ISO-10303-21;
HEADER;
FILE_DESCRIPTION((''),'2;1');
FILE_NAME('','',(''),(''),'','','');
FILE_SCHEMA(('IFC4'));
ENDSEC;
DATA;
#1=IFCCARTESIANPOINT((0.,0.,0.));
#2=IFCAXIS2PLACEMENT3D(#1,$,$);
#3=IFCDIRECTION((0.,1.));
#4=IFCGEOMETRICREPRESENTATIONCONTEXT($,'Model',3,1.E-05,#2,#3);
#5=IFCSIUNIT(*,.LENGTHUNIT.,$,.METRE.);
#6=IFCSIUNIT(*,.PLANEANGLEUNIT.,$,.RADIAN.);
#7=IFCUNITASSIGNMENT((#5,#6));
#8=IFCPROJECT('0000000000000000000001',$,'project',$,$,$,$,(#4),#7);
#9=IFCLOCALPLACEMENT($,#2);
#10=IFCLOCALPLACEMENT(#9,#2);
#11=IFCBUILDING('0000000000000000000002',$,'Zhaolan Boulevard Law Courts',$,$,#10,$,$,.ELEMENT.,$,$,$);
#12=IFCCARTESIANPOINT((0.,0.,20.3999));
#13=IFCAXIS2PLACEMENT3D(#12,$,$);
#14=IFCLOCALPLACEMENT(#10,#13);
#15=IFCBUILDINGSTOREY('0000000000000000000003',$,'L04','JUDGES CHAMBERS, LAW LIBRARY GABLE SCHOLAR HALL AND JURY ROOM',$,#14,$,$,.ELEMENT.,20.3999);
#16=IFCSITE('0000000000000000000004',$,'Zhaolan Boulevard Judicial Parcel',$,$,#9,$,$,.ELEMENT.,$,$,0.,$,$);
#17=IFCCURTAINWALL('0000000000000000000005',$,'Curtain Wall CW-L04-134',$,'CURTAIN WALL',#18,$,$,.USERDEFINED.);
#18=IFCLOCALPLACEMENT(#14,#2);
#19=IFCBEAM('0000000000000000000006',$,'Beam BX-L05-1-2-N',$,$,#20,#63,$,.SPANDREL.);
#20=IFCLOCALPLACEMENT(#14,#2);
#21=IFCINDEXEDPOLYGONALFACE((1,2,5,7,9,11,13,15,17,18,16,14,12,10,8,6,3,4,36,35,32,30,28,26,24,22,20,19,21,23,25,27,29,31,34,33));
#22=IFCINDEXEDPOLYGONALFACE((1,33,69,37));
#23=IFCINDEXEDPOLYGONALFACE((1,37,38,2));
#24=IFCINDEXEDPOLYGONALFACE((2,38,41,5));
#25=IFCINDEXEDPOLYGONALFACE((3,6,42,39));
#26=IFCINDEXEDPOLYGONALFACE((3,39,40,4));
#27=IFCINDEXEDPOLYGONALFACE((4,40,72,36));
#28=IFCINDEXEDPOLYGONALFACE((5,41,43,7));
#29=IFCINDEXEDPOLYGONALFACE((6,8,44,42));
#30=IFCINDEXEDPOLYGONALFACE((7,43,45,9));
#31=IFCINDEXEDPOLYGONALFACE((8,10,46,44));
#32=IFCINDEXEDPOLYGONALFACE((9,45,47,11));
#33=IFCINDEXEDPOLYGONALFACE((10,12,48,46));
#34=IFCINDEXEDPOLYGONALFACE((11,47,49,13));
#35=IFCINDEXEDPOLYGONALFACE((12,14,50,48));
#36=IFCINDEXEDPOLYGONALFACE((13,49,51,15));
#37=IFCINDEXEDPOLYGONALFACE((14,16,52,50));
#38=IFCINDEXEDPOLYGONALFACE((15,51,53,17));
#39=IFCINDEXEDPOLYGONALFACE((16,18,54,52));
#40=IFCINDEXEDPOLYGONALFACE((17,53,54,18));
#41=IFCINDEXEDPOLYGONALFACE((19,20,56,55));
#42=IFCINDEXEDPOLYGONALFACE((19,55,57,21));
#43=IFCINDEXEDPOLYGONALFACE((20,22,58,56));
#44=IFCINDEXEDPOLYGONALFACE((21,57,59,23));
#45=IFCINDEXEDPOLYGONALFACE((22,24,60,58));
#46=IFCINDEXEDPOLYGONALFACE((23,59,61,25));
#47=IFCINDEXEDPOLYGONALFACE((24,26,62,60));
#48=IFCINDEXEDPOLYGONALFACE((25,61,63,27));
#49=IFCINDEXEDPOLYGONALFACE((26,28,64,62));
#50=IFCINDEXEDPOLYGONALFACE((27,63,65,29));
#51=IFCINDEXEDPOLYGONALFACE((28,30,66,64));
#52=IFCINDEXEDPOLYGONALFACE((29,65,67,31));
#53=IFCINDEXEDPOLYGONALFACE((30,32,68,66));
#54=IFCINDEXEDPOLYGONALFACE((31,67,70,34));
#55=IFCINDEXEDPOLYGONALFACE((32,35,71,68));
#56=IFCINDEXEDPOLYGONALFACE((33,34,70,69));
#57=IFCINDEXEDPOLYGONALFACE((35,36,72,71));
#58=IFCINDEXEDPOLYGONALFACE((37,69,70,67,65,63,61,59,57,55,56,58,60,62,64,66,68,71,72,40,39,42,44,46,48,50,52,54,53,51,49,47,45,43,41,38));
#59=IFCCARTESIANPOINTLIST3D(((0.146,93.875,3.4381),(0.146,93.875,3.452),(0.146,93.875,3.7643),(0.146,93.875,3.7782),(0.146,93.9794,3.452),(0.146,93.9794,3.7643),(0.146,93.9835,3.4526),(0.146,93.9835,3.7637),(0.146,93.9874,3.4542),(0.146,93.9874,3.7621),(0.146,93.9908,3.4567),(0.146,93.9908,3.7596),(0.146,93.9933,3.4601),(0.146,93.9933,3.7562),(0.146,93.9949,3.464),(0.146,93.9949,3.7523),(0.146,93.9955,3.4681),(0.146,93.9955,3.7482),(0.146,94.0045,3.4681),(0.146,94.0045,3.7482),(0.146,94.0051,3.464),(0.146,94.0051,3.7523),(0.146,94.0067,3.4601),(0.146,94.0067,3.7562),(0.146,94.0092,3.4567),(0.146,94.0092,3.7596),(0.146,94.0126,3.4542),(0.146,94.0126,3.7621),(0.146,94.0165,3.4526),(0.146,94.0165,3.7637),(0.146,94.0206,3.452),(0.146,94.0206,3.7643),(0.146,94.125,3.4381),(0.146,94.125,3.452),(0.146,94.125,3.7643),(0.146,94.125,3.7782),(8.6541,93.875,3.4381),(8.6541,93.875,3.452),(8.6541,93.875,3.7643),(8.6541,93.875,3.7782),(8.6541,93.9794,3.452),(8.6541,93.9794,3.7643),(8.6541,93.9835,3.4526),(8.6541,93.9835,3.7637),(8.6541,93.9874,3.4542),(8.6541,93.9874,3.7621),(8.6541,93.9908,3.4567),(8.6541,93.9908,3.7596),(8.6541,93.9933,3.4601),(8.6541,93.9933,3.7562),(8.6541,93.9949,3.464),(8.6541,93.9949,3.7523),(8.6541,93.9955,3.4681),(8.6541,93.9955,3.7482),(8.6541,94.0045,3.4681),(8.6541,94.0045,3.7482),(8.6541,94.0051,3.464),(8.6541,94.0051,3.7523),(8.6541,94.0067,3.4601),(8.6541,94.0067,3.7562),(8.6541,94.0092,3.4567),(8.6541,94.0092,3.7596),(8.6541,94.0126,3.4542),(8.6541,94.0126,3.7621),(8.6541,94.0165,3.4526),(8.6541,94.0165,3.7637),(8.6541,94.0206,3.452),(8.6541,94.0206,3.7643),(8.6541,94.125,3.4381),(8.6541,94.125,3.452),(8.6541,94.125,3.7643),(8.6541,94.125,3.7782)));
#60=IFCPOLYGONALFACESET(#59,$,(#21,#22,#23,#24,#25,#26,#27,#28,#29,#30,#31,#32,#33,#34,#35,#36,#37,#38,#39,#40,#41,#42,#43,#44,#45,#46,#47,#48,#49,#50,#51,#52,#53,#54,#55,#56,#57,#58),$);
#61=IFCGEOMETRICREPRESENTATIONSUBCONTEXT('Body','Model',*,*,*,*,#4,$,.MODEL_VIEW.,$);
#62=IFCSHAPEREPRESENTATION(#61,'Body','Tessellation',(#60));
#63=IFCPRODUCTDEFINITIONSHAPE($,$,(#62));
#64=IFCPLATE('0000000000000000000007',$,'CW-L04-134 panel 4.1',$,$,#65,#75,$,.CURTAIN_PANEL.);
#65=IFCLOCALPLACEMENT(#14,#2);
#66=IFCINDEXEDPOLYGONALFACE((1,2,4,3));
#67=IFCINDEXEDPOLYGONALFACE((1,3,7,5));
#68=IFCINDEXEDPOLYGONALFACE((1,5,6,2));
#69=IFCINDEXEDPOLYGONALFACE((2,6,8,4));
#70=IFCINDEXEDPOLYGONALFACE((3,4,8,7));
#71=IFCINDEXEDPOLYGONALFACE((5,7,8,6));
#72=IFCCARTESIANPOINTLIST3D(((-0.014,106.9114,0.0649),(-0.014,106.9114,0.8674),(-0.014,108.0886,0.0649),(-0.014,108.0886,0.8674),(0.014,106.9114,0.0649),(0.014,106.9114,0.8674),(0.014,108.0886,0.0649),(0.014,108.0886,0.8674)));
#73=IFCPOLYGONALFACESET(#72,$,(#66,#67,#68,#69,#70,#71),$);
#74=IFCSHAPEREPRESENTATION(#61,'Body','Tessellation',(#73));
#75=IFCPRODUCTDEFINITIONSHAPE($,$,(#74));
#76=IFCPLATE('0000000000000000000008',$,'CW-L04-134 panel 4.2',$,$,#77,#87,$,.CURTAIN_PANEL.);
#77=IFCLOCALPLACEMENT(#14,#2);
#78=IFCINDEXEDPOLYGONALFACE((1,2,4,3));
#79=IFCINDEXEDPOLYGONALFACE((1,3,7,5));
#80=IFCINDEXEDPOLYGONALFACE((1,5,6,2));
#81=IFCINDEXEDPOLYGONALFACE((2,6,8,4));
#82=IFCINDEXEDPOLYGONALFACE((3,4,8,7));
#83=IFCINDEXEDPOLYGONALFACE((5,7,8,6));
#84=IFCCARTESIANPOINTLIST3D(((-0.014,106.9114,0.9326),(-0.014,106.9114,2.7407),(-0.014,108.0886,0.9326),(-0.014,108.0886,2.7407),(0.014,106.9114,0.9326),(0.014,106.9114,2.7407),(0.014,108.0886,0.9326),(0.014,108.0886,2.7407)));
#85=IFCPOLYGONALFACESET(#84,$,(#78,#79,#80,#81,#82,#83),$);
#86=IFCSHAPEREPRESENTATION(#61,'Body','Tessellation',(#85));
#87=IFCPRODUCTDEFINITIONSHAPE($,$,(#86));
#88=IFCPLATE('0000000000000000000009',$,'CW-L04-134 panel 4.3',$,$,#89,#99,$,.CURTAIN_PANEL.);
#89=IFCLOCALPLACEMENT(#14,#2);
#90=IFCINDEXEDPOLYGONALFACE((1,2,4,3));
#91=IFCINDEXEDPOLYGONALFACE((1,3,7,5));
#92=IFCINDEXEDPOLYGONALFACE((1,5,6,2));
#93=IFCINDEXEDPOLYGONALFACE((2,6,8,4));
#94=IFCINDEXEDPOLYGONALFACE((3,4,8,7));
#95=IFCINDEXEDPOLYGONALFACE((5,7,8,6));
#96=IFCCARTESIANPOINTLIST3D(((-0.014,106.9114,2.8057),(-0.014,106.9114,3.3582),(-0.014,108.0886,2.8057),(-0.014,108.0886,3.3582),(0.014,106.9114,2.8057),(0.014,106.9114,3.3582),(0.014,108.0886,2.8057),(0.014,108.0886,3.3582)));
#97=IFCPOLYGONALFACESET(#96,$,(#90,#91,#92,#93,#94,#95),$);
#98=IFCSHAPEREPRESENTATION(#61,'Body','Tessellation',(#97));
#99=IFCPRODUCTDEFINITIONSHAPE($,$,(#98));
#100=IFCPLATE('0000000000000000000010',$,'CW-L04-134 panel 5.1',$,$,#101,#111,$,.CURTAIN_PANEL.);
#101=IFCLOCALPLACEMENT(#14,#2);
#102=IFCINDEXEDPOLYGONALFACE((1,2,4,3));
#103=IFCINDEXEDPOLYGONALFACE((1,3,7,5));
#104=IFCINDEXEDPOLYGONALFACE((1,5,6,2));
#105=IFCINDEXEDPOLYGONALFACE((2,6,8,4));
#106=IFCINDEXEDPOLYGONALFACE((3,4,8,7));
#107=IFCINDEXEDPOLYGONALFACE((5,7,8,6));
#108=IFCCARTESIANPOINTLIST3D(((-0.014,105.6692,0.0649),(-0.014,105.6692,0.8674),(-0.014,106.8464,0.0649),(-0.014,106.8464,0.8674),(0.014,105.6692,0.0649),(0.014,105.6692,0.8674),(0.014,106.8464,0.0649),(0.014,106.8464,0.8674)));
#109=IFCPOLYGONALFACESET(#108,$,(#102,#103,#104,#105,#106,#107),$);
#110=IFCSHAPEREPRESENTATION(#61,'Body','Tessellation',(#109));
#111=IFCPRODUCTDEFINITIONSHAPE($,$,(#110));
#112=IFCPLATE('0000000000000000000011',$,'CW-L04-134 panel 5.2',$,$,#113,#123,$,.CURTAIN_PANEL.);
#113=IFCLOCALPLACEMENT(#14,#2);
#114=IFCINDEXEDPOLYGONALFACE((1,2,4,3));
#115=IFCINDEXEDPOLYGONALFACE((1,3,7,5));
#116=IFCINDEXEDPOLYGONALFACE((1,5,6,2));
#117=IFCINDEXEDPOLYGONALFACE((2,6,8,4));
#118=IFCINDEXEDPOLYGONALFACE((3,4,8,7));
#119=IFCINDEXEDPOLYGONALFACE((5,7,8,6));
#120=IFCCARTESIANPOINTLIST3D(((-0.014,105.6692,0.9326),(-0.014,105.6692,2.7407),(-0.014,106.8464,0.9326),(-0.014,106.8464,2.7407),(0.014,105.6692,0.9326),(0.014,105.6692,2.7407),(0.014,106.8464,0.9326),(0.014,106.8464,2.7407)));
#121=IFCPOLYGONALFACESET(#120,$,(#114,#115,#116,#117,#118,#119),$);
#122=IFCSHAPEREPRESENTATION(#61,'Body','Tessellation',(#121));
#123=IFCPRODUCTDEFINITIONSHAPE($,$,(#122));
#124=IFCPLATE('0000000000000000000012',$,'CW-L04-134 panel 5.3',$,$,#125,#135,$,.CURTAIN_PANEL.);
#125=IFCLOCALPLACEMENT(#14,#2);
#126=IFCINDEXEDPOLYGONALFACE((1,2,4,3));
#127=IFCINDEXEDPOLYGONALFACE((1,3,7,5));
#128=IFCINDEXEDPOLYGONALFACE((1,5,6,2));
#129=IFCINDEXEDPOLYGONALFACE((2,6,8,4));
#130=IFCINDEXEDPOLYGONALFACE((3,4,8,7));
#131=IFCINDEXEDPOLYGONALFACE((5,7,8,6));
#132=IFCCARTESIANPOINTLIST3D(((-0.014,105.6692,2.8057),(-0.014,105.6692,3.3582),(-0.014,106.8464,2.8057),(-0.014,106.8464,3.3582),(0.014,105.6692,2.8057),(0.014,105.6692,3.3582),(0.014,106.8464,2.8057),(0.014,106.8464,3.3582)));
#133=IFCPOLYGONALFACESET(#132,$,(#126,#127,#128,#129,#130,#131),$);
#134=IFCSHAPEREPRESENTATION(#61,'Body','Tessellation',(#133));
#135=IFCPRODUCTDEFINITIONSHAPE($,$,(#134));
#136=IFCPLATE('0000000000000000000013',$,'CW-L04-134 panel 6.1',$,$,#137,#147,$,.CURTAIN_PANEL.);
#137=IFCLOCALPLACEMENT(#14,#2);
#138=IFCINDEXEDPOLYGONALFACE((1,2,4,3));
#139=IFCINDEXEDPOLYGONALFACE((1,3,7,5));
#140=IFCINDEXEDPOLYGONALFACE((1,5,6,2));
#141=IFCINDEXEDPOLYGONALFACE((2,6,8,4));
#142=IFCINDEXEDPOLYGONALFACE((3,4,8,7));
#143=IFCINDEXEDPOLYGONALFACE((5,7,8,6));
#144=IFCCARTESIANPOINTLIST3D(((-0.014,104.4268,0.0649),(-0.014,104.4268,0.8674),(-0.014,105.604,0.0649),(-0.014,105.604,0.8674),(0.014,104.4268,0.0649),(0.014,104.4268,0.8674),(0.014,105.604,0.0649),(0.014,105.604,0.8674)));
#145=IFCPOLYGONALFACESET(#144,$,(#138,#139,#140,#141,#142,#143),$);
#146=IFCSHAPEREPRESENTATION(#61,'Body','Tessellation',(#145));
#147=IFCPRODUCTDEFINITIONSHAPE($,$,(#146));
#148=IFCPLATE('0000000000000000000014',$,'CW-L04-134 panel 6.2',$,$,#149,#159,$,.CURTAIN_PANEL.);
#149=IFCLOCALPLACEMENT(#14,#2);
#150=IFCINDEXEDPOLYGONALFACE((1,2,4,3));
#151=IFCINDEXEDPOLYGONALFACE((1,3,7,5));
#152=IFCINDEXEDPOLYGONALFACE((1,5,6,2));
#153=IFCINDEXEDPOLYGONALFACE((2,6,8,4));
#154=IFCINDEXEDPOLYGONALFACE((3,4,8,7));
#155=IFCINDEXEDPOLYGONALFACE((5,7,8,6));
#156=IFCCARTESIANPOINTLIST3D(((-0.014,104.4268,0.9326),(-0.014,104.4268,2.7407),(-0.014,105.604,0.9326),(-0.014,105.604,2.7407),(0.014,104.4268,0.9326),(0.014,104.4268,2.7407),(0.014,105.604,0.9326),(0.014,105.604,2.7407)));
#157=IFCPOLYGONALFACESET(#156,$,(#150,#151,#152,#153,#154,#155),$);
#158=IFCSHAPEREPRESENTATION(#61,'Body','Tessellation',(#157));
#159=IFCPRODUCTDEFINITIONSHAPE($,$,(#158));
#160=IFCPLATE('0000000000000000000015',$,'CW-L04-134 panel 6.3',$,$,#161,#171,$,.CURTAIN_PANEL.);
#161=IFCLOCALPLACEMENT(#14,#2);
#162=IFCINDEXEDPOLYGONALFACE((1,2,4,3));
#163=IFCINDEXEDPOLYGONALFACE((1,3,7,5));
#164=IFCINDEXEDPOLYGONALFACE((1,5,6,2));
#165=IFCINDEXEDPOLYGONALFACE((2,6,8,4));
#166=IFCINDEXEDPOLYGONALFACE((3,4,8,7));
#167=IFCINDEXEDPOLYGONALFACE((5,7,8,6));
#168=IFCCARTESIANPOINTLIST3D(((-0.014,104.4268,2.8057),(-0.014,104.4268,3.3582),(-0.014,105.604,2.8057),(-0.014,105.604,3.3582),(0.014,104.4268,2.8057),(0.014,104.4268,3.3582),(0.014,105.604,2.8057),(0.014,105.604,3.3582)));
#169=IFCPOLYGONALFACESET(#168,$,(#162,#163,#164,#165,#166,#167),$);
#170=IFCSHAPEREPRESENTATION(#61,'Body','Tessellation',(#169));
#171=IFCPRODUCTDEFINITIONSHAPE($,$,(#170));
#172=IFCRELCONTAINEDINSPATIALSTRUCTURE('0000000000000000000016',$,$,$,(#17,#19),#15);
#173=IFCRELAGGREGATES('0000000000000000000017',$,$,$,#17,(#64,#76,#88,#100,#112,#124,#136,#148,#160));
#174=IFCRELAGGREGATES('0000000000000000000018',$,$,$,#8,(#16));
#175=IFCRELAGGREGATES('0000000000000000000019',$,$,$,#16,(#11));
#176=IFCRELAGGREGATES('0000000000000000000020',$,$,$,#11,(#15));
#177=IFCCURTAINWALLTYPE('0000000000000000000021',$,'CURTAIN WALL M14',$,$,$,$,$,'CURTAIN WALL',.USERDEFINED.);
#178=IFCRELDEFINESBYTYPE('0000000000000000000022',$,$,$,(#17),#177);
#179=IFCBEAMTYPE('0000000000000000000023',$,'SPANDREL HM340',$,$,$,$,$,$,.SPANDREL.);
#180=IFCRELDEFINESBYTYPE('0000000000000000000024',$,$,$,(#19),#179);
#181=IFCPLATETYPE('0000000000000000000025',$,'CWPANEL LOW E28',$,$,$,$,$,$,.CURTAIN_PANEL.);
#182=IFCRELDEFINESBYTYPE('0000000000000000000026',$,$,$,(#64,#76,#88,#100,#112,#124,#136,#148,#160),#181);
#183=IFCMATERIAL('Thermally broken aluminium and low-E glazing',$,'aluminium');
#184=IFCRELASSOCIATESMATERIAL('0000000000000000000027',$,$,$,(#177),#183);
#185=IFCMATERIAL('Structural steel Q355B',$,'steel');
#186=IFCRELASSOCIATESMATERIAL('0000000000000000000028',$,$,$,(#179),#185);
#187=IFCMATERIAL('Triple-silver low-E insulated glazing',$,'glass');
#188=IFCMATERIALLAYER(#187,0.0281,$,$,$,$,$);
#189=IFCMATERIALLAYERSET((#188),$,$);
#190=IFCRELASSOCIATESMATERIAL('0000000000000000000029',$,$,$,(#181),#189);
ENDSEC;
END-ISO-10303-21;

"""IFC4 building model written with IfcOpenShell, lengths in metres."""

from ifc_helpers import new_model, si_unit, direction, frame, origin, origin_2d, place, context, subcontext, project, spatial, rectangle, i_section, extrude, material, layer, layer_set, material_profile, profile_set, type_object, element, aggregate, save


model = new_model("IFC4")

# Units and contexts
model_context = context("Model", 3, precision=1e-05, world=origin(), true_north=direction((0.0, 1.0)))
body_context = subcontext(model_context, "Body", "Model", "MODEL_VIEW")
ifc_project = project(units=[si_unit("LENGTHUNIT", "METRE"), si_unit("PLANEANGLEUNIT", "RADIAN")], contexts=[model_context])

# Site, building, storey
site_placement = place(None, origin())
site = spatial("IfcSite", under=ifc_project, at=site_placement, Name="Zhaolan Boulevard Judicial Parcel", CompositionType="ELEMENT", RefElevation=0.0)
building_placement = place(site_placement, origin())
building = spatial("IfcBuilding", under=site, at=building_placement, Name="Zhaolan Boulevard Law Courts", CompositionType="ELEMENT")
storey_placement = place(building_placement, frame((0.0, 0.0, 20.3999)))
storey = spatial("IfcBuildingStorey", under=building, at=storey_placement, Name="L04", Description="JUDGES CHAMBERS, LAW LIBRARY GABLE SCHOLAR HALL AND JURY ROOM", CompositionType="ELEMENT", Elevation=20.3999)

# Curtain wall
ifc_material_1 = material(Name="Thermally broken aluminium and low-E glazing", Category="aluminium")
curtain_wall_type = type_object("IfcCurtainWallType", Name="CURTAIN WALL M14", ElementType="CURTAIN WALL", PredefinedType="USERDEFINED", material=ifc_material_1)
curtain_wall_placement = place(storey_placement, origin())
curtain_wall = element("IfcCurtainWall", 1, at=curtain_wall_placement, inside=storey, type_object=curtain_wall_type, Name="Curtain Wall CW-L04-134", ObjectType="CURTAIN WALL", PredefinedType="USERDEFINED")

# Beam
ifc_material_2 = material(Name="Structural steel Q355B", Category="steel")
ifc_material_profile_1 = material_profile(ifc_material_2, i_section(OverallWidth=0.25, OverallDepth=0.3401, WebThickness=0.009, FlangeThickness=0.0139, FilletRadius=0.0161, at=origin_2d()), Name="HM340x250")
ifc_profile_set_1 = profile_set([ifc_material_profile_1], Name="Structural steel Q355B")
beam_type_1 = type_object("IfcBeamType", Name="SPANDREL HM340", PredefinedType="SPANDREL", material=ifc_profile_set_1)
beam_1_placement = place(storey_placement, frame((0.146, 94.0, 3.6082), z_axis=(1.0, 0.0, 0.0), x_axis=(0.0, 1.0, 0.0)))
element("IfcBeam", 2, at=beam_1_placement, inside=storey, type_object=beam_type_1, Name="Beam BX-L05-1-2-N", PredefinedType="SPANDREL", context=body_context, shape_type="SweptSolid", body=[
    extrude(i_section(OverallWidth=0.25, OverallDepth=0.3401, WebThickness=0.009, FlangeThickness=0.0139, FilletRadius=0.0161, at=origin_2d()), origin(), (0.0, 0.0, 1.0), 8.5081),
])

# Plates
ifc_material_3 = material(Name="Triple-silver low-E insulated glazing", Category="glass")
ifc_layer = layer(ifc_material_3, 0.0281)
ifc_layer_set = layer_set([ifc_layer])
plate_type = type_object("IfcPlateType", Name="CWPANEL LOW E28", PredefinedType="CURTAIN_PANEL", material=ifc_layer_set)
plate_1_placement = place(storey_placement, frame((0.0, 107.5, 0.0649), z_axis=(0.0, 0.0, 1.0), x_axis=(0.0, -1.0, 0.0)))
plate_1 = element("IfcPlate", 3, at=plate_1_placement, type_object=plate_type, Name="CW-L04-134 panel 4.1", PredefinedType="CURTAIN_PANEL", context=body_context, shape_type="SweptSolid", body=[
    extrude(rectangle(XDim=1.1772, YDim=0.0281, at=origin_2d()), origin(), (0.0, 0.0, 1.0), 0.8025),
])
plate_2_placement = place(storey_placement, frame((0.0, 107.5, 0.9326), z_axis=(0.0, 0.0, 1.0), x_axis=(0.0, -1.0, 0.0)))
plate_2 = element("IfcPlate", 4, at=plate_2_placement, type_object=plate_type, Name="CW-L04-134 panel 4.2", PredefinedType="CURTAIN_PANEL", context=body_context, shape_type="SweptSolid", body=[
    extrude(rectangle(XDim=1.1772, YDim=0.0281, at=origin_2d()), origin(), (0.0, 0.0, 1.0), 1.8081),
])
plate_3_placement = place(storey_placement, frame((0.0, 107.5, 2.8057), z_axis=(0.0, 0.0, 1.0), x_axis=(0.0, -1.0, 0.0)))
plate_3 = element("IfcPlate", 5, at=plate_3_placement, type_object=plate_type, Name="CW-L04-134 panel 4.3", PredefinedType="CURTAIN_PANEL", context=body_context, shape_type="SweptSolid", body=[
    extrude(rectangle(XDim=1.1772, YDim=0.0281, at=origin_2d()), origin(), (0.0, 0.0, 1.0), 0.5525),
])
plate_4_placement = place(storey_placement, frame((0.0, 106.2578, 0.0649), z_axis=(0.0, 0.0, 1.0), x_axis=(0.0, -1.0, 0.0)))
plate_4 = element("IfcPlate", 6, at=plate_4_placement, type_object=plate_type, Name="CW-L04-134 panel 5.1", PredefinedType="CURTAIN_PANEL", context=body_context, shape_type="SweptSolid", body=[
    extrude(rectangle(XDim=1.1772, YDim=0.0281, at=origin_2d()), origin(), (0.0, 0.0, 1.0), 0.8025),
])
plate_5_placement = place(storey_placement, frame((0.0, 106.2578, 0.9326), z_axis=(0.0, 0.0, 1.0), x_axis=(0.0, -1.0, 0.0)))
plate_5 = element("IfcPlate", 7, at=plate_5_placement, type_object=plate_type, Name="CW-L04-134 panel 5.2", PredefinedType="CURTAIN_PANEL", context=body_context, shape_type="SweptSolid", body=[
    extrude(rectangle(XDim=1.1772, YDim=0.0281, at=origin_2d()), origin(), (0.0, 0.0, 1.0), 1.8081),
])
plate_6_placement = place(storey_placement, frame((0.0, 106.2578, 2.8057), z_axis=(0.0, 0.0, 1.0), x_axis=(0.0, -1.0, 0.0)))
plate_6 = element("IfcPlate", 8, at=plate_6_placement, type_object=plate_type, Name="CW-L04-134 panel 5.3", PredefinedType="CURTAIN_PANEL", context=body_context, shape_type="SweptSolid", body=[
    extrude(rectangle(XDim=1.1772, YDim=0.0281, at=origin_2d()), origin(), (0.0, 0.0, 1.0), 0.5525),
])
plate_7_placement = place(storey_placement, frame((0.0, 105.0154, 0.0649), z_axis=(0.0, 0.0, 1.0), x_axis=(0.0, -1.0, 0.0)))
plate_7 = element("IfcPlate", 9, at=plate_7_placement, type_object=plate_type, Name="CW-L04-134 panel 6.1", PredefinedType="CURTAIN_PANEL", context=body_context, shape_type="SweptSolid", body=[
    extrude(rectangle(XDim=1.1772, YDim=0.0281, at=origin_2d()), origin(), (0.0, 0.0, 1.0), 0.8025),
])
plate_8_placement = place(storey_placement, frame((0.0, 105.0154, 0.9326), z_axis=(0.0, 0.0, 1.0), x_axis=(0.0, -1.0, 0.0)))
plate_8 = element("IfcPlate", 10, at=plate_8_placement, type_object=plate_type, Name="CW-L04-134 panel 6.2", PredefinedType="CURTAIN_PANEL", context=body_context, shape_type="SweptSolid", body=[
    extrude(rectangle(XDim=1.1772, YDim=0.0281, at=origin_2d()), origin(), (0.0, 0.0, 1.0), 1.8081),
])
plate_9_placement = place(storey_placement, frame((0.0, 105.0154, 2.8057), z_axis=(0.0, 0.0, 1.0), x_axis=(0.0, -1.0, 0.0)))
plate_9 = element("IfcPlate", 11, at=plate_9_placement, type_object=plate_type, Name="CW-L04-134 panel 6.3", PredefinedType="CURTAIN_PANEL", context=body_context, shape_type="SweptSolid", body=[
    extrude(rectangle(XDim=1.1772, YDim=0.0281, at=origin_2d()), origin(), (0.0, 0.0, 1.0), 0.5525),
])
aggregate(curtain_wall, [plate_1, plate_2, plate_3, plate_4, plate_5, plate_6, plate_7, plate_8, plate_9])

save(model, "model.ifc")
